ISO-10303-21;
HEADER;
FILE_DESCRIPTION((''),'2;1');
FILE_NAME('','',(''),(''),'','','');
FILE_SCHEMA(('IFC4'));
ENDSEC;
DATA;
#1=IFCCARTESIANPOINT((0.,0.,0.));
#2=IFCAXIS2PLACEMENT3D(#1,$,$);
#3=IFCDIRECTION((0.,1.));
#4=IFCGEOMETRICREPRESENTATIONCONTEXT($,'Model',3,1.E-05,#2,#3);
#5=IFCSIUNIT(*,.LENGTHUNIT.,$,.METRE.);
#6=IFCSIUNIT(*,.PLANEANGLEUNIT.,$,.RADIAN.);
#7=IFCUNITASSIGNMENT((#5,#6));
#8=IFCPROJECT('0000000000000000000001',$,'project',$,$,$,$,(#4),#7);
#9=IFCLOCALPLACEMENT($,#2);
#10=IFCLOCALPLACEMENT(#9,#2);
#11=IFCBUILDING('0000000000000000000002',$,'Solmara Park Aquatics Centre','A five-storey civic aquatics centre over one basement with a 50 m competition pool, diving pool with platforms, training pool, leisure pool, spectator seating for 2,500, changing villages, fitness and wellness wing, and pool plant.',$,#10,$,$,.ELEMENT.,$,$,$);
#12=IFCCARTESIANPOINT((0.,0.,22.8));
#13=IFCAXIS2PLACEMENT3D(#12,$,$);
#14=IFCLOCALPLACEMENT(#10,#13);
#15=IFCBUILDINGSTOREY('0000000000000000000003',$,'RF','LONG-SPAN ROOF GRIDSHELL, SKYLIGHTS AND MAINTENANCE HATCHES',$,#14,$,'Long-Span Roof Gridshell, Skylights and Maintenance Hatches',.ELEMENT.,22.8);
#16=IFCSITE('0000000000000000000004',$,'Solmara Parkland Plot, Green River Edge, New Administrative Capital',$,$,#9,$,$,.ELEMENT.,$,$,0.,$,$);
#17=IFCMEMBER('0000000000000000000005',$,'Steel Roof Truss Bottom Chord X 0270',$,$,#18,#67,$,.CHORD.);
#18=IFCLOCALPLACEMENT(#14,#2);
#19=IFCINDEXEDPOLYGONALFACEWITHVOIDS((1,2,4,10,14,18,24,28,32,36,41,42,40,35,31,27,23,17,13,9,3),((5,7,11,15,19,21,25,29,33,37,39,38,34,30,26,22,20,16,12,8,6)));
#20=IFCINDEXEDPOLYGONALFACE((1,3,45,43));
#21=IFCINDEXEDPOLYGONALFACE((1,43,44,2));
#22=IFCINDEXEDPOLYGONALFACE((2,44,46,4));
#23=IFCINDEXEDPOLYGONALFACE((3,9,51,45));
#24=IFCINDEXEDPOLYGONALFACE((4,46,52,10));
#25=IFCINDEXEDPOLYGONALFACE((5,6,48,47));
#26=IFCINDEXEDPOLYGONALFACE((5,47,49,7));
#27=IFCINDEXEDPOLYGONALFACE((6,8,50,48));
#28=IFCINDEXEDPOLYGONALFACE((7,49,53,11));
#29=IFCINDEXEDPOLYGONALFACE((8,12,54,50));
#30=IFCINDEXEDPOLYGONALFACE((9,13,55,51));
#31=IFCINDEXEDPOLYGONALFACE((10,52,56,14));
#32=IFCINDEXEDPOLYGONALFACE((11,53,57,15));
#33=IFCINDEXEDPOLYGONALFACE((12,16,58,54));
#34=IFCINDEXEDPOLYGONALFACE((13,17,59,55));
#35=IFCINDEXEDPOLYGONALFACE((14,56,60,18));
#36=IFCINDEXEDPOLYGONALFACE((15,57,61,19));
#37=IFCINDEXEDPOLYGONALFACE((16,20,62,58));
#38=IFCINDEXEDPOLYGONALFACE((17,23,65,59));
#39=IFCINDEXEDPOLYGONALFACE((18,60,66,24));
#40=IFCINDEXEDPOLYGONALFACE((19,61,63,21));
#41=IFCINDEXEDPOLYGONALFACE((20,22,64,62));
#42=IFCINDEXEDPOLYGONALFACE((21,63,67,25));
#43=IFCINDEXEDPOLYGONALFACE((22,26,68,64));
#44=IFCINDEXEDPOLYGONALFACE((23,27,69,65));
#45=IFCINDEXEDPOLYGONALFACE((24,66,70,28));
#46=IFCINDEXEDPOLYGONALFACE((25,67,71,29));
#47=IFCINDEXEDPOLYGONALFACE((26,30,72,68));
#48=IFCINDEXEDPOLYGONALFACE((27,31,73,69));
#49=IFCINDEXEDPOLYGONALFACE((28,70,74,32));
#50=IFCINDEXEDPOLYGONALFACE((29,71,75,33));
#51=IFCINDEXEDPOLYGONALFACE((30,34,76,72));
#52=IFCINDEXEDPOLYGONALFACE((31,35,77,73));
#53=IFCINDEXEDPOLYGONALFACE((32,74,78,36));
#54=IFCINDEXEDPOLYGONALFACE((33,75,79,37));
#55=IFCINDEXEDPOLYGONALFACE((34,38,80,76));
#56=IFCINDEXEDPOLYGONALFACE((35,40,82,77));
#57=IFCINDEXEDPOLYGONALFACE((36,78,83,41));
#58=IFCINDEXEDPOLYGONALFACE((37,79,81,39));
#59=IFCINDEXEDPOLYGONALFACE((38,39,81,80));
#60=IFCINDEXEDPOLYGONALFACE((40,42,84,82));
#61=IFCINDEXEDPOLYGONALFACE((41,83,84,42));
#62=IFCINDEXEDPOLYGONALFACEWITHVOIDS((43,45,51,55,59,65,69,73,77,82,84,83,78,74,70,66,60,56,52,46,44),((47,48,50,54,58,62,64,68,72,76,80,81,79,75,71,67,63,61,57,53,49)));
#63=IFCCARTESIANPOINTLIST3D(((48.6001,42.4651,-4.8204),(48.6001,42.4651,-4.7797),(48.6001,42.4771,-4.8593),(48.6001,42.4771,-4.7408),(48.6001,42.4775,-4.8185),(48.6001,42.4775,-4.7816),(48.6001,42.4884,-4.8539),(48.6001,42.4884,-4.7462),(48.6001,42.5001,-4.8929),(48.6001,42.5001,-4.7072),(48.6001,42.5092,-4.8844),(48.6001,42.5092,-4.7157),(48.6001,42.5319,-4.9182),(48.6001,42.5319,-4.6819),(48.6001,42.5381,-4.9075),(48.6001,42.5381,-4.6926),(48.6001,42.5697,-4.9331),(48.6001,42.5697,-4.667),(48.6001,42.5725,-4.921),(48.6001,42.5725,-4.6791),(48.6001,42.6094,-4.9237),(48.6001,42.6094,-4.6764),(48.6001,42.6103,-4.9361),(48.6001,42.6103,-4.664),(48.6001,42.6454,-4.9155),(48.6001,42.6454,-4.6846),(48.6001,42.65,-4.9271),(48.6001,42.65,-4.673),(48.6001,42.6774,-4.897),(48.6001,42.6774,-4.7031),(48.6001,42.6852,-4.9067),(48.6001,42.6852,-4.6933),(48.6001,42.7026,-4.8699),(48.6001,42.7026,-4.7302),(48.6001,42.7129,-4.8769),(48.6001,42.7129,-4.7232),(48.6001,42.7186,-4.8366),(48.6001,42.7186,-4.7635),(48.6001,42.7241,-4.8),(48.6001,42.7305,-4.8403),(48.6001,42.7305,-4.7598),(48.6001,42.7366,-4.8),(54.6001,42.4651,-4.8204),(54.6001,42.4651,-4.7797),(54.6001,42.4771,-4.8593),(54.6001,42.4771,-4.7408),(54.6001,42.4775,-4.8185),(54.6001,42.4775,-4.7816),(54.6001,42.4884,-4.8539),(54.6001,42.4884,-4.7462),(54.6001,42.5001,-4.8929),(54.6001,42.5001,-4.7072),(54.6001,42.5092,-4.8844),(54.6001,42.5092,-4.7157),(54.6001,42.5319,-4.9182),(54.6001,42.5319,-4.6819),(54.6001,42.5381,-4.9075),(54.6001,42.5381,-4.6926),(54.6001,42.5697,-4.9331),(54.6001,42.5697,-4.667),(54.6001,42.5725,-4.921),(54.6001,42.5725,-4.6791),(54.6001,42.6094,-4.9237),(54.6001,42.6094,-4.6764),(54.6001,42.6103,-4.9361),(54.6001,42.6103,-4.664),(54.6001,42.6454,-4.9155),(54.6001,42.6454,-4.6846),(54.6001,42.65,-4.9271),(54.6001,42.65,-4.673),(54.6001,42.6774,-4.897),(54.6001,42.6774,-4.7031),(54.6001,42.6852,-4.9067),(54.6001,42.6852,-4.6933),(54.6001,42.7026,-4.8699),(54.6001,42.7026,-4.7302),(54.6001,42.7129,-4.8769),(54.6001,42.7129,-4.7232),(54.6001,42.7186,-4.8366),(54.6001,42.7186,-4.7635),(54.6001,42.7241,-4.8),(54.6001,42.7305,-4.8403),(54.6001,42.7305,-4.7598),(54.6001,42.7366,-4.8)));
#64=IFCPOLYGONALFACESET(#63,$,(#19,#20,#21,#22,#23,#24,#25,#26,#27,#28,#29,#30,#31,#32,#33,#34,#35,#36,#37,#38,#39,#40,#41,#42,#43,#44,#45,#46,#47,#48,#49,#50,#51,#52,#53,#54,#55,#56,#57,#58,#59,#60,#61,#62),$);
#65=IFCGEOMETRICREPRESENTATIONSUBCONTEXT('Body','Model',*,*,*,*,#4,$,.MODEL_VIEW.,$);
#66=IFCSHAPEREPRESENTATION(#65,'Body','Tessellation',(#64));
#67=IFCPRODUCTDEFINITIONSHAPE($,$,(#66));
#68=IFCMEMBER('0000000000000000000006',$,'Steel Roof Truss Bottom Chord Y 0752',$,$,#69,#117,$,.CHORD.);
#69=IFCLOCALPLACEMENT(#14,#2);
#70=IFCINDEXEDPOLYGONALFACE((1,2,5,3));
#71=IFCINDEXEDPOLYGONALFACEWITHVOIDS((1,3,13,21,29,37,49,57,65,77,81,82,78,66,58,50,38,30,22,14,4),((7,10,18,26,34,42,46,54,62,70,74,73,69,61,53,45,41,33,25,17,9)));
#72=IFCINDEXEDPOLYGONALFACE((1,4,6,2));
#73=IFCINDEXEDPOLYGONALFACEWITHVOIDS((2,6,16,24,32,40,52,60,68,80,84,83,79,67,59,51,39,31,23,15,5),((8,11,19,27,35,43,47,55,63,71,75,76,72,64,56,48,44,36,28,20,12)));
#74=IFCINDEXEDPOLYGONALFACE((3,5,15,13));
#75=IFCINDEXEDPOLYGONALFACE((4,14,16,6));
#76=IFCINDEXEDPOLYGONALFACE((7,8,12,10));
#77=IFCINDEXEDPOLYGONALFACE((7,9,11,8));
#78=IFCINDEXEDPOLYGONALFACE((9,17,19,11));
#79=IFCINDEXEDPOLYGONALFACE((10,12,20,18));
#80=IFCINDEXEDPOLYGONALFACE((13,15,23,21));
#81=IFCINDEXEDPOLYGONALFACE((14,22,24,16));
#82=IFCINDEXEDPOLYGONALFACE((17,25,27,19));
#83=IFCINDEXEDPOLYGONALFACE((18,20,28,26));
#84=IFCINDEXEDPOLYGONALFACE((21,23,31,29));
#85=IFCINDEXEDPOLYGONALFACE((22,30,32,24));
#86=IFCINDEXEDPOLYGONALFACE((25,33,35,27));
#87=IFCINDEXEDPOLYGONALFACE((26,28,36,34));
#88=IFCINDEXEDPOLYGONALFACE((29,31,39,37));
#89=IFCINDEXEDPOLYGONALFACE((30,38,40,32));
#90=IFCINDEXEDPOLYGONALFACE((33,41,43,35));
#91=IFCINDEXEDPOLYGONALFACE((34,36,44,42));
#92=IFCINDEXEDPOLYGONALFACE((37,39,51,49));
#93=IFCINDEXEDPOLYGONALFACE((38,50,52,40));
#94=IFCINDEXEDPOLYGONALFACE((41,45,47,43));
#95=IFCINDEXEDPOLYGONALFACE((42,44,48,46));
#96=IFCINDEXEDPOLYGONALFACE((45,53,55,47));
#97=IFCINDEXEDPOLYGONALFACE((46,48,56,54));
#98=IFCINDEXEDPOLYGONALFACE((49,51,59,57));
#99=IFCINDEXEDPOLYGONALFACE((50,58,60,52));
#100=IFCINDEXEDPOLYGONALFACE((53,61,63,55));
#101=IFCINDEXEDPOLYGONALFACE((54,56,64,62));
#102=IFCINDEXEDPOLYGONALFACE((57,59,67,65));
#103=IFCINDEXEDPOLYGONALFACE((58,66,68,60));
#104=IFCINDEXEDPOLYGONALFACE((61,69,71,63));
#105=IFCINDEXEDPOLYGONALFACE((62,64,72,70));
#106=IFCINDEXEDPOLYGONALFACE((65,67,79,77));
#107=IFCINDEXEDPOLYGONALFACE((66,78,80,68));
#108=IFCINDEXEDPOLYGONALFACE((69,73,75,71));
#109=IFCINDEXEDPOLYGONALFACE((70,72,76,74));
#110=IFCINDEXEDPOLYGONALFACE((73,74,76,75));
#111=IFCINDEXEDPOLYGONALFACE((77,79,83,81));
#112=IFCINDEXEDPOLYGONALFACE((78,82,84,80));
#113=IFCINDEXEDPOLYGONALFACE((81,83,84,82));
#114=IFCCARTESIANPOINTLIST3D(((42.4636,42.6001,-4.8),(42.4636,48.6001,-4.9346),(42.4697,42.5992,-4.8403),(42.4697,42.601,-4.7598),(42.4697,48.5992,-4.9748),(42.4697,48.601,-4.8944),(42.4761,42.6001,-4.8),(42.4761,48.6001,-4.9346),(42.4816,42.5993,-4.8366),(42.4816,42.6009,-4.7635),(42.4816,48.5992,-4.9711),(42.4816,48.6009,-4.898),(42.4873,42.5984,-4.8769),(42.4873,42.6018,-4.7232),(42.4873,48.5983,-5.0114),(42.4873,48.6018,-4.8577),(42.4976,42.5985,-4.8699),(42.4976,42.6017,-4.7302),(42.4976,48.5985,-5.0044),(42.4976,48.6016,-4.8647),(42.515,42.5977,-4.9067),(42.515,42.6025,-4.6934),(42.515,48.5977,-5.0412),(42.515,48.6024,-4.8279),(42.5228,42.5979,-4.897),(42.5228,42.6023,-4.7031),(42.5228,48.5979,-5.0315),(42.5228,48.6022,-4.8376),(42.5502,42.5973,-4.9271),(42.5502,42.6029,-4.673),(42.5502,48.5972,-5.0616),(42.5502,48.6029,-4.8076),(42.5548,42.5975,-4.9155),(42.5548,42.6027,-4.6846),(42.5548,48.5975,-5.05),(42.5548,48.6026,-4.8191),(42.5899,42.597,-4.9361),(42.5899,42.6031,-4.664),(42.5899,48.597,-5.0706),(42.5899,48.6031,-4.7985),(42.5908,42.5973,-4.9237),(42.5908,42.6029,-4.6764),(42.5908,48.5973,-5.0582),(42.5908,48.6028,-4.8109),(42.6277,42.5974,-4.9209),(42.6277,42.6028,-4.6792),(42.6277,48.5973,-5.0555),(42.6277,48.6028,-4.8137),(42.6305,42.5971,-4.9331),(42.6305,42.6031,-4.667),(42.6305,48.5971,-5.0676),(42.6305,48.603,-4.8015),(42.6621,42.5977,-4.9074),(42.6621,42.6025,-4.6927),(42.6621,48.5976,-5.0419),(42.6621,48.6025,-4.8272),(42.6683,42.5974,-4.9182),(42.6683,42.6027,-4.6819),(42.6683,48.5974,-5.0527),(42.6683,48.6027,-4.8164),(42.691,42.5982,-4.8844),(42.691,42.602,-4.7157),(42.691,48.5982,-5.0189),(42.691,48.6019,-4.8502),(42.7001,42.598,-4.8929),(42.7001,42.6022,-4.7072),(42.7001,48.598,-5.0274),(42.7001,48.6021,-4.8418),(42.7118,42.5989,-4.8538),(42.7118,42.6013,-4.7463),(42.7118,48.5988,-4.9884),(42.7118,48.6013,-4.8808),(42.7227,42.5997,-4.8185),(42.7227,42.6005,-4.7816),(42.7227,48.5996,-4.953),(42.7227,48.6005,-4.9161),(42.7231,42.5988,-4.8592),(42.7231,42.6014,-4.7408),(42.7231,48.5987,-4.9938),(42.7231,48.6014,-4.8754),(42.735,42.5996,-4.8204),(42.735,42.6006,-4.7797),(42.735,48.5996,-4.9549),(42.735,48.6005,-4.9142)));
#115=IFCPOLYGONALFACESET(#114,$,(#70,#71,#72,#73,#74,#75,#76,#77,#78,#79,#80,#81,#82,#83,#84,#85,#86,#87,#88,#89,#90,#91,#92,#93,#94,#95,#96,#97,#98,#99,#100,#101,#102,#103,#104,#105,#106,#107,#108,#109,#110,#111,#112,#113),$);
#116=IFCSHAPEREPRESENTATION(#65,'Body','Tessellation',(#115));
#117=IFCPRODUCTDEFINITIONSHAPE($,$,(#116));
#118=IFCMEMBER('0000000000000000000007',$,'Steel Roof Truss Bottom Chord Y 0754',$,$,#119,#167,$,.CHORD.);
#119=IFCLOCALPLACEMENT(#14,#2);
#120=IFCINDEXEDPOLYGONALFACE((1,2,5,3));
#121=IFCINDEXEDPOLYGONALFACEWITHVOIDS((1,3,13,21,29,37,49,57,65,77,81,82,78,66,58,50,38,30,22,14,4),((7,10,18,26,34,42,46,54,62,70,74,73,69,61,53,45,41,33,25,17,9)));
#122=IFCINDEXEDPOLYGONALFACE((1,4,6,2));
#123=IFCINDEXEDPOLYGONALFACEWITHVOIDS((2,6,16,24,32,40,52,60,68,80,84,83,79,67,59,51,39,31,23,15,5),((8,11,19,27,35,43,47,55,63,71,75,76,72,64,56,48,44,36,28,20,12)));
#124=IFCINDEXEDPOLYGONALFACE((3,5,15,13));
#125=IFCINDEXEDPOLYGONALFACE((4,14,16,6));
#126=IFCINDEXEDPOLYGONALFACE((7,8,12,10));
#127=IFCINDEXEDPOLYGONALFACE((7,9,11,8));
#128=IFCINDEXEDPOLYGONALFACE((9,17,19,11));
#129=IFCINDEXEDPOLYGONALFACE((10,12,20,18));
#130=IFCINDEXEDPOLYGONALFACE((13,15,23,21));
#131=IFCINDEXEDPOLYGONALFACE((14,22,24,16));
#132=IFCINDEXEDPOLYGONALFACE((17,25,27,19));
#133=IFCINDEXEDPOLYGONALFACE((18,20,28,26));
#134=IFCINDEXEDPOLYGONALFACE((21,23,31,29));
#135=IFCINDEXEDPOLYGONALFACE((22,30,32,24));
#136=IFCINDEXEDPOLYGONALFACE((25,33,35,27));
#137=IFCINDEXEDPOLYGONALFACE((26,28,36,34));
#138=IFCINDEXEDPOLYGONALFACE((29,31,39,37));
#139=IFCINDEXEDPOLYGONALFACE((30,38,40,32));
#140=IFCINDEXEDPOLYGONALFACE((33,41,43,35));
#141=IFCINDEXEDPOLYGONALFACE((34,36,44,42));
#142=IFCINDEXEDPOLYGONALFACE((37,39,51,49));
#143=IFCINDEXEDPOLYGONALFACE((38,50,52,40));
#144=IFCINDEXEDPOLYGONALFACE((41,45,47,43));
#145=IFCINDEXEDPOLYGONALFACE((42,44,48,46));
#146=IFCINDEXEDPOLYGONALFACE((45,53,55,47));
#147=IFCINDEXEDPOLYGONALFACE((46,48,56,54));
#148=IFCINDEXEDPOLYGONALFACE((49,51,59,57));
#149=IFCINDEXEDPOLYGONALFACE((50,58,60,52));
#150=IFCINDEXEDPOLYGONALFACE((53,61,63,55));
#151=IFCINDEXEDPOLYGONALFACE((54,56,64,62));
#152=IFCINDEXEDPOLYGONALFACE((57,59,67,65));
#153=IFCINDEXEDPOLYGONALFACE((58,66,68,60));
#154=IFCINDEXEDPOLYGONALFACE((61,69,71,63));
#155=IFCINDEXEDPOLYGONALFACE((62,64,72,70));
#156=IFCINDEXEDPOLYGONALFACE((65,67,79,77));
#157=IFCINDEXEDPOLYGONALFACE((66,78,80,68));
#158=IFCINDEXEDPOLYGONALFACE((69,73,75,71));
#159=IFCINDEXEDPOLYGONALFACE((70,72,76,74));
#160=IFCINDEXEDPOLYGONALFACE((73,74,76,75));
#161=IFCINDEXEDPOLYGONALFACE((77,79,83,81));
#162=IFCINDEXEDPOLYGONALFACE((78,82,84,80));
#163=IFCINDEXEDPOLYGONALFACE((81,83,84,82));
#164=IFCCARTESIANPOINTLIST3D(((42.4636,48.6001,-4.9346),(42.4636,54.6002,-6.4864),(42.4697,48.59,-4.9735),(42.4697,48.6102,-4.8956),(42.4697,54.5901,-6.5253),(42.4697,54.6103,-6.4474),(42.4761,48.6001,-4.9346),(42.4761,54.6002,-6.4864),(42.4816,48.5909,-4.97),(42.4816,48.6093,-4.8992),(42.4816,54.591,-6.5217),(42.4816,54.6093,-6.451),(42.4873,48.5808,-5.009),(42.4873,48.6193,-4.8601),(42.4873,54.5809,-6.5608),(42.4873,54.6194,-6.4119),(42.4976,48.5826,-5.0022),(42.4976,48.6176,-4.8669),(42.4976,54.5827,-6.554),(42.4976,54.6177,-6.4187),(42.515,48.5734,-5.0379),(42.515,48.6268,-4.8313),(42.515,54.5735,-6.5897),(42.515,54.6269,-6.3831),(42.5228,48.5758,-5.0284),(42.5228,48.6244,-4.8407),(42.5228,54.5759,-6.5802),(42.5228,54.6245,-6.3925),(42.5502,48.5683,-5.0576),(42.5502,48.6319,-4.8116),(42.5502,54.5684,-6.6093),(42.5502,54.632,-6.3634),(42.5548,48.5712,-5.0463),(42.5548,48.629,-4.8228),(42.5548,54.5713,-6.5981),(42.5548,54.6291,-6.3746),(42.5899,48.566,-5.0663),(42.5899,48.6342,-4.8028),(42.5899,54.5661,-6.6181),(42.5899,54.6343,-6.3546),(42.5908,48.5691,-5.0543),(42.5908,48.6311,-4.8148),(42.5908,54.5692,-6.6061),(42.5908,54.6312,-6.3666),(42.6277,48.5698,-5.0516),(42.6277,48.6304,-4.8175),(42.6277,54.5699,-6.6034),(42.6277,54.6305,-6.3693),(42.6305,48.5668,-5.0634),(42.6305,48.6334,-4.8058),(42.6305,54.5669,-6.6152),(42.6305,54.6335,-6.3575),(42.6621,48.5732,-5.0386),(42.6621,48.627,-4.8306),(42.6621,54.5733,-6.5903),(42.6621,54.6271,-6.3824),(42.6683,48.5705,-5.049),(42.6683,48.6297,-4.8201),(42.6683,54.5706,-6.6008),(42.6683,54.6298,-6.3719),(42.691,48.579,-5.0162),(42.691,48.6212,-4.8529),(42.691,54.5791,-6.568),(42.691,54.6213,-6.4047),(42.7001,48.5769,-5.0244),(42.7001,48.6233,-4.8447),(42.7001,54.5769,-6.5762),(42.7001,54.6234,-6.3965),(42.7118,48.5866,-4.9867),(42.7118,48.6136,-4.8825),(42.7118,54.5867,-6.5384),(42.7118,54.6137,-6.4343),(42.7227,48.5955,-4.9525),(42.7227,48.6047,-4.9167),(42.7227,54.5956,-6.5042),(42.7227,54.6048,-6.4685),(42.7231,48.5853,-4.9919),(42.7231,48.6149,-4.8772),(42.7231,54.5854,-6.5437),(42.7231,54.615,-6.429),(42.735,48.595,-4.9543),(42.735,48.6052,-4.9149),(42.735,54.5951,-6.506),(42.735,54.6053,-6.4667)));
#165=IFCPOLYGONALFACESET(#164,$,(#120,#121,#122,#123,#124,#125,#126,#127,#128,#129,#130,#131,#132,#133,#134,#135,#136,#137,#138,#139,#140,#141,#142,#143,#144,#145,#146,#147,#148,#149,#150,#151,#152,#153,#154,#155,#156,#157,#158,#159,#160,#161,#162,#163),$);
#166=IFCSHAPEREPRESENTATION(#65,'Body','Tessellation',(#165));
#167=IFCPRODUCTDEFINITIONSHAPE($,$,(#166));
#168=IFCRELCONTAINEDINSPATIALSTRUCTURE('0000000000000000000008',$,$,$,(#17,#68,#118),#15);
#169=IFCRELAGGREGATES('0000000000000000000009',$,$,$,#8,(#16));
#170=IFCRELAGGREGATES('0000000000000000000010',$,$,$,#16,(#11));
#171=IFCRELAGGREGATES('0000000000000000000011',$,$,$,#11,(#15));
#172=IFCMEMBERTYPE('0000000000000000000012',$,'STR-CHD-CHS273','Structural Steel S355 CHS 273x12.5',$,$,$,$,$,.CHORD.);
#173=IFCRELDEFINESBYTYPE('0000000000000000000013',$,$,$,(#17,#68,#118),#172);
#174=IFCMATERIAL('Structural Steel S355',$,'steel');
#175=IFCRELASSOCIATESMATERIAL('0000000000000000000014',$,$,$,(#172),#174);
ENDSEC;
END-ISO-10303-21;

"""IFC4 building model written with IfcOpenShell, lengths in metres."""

from ifc_helpers import new_model, si_unit, direction, frame, origin, origin_2d, place, context, subcontext, project, spatial, hollow_circle, extrude, material, material_profile, profile_set, type_object, element, save


model = new_model("IFC4")

# Units and contexts
model_context = context("Model", 3, precision=1e-05, world=origin(), true_north=direction((0.0, 1.0)))
body_context = subcontext(model_context, "Body", "Model", "MODEL_VIEW")
ifc_project = project(units=[si_unit("LENGTHUNIT", "METRE"), si_unit("PLANEANGLEUNIT", "RADIAN")], contexts=[model_context])

# Site, building, storey
site_placement = place(None, origin())
site = spatial("IfcSite", under=ifc_project, at=site_placement, Name="Solmara Parkland Plot, Green River Edge, New Administrative Capital", CompositionType="ELEMENT", RefElevation=0.0)
building_placement = place(site_placement, origin())
building = spatial("IfcBuilding", under=site, at=building_placement, Name="Solmara Park Aquatics Centre", Description="A five-storey civic aquatics centre over one basement with a 50 m competition pool, diving pool with platforms, training pool, leisure pool, spectator seating for 2,500, changing villages, fitness and wellness wing, and pool plant.", CompositionType="ELEMENT")
storey_placement = place(building_placement, frame((0.0, 0.0, 22.8)))
storey = spatial("IfcBuildingStorey", under=building, at=storey_placement, Name="RF", Description="LONG-SPAN ROOF GRIDSHELL, SKYLIGHTS AND MAINTENANCE HATCHES", LongName="Long-Span Roof Gridshell, Skylights and Maintenance Hatches", CompositionType="ELEMENT", Elevation=22.8)

# Members
ifc_material_1 = material(Name="Structural Steel S355", Category="steel")
ifc_material_profile_1 = material_profile(ifc_material_1, hollow_circle(Radius=0.1365, WallThickness=0.0125, at=origin_2d()), Name="CHS 273x12.5")
ifc_profile_set_1 = profile_set([ifc_material_profile_1], Name="Structural Steel S355")
member_type_1 = type_object("IfcMemberType", Name="STR-CHD-CHS273", Description="Structural Steel S355 CHS 273x12.5", PredefinedType="CHORD", material=ifc_profile_set_1)
for number, where, z_axis, x_axis, name in (
    (1, (48.6001, 42.6001, -4.8), (1.0, 0.0, 0.0), (0.0, 1.0, 0.0), "Steel Roof Truss Bottom Chord X 0270"),
):
    element("IfcMember", number, at=place(storey_placement, frame(where, z_axis=z_axis, x_axis=x_axis)), inside=storey, type_object=member_type_1, Name=name, PredefinedType="CHORD", context=body_context, shape_type="SweptSolid", body=[
        extrude(hollow_circle(Radius=0.1365, WallThickness=0.0125, at=origin_2d()), origin(), (0.0, 0.0, 1.0), 6.0),
    ])
member_1_placement = place(storey_placement, frame((42.6001, 42.6001, -4.8), z_axis=(0.0, 0.999749, -0.022415), x_axis=(-1.0, 0.0, 0.0)))
element("IfcMember", 2, at=member_1_placement, inside=storey, type_object=member_type_1, Name="Steel Roof Truss Bottom Chord Y 0752", PredefinedType="CHORD", context=body_context, shape_type="SweptSolid", body=[
    extrude(hollow_circle(Radius=0.1365, WallThickness=0.0125, at=origin_2d()), origin(), (0.0, 0.0, 1.0), 6.0015),
])
member_2_placement = place(storey_placement, frame((42.6001, 48.6001, -4.9346), z_axis=(0.0, 0.968146, -0.250388), x_axis=(-1.0, 0.0, 0.0)))
element("IfcMember", 3, at=member_2_placement, inside=storey, type_object=member_type_1, Name="Steel Roof Truss Bottom Chord Y 0754", PredefinedType="CHORD", context=body_context, shape_type="SweptSolid", body=[
    extrude(hollow_circle(Radius=0.1365, WallThickness=0.0125, at=origin_2d()), origin(), (0.0, 0.0, 1.0), 6.1975),
])

save(model, "model.ifc")
